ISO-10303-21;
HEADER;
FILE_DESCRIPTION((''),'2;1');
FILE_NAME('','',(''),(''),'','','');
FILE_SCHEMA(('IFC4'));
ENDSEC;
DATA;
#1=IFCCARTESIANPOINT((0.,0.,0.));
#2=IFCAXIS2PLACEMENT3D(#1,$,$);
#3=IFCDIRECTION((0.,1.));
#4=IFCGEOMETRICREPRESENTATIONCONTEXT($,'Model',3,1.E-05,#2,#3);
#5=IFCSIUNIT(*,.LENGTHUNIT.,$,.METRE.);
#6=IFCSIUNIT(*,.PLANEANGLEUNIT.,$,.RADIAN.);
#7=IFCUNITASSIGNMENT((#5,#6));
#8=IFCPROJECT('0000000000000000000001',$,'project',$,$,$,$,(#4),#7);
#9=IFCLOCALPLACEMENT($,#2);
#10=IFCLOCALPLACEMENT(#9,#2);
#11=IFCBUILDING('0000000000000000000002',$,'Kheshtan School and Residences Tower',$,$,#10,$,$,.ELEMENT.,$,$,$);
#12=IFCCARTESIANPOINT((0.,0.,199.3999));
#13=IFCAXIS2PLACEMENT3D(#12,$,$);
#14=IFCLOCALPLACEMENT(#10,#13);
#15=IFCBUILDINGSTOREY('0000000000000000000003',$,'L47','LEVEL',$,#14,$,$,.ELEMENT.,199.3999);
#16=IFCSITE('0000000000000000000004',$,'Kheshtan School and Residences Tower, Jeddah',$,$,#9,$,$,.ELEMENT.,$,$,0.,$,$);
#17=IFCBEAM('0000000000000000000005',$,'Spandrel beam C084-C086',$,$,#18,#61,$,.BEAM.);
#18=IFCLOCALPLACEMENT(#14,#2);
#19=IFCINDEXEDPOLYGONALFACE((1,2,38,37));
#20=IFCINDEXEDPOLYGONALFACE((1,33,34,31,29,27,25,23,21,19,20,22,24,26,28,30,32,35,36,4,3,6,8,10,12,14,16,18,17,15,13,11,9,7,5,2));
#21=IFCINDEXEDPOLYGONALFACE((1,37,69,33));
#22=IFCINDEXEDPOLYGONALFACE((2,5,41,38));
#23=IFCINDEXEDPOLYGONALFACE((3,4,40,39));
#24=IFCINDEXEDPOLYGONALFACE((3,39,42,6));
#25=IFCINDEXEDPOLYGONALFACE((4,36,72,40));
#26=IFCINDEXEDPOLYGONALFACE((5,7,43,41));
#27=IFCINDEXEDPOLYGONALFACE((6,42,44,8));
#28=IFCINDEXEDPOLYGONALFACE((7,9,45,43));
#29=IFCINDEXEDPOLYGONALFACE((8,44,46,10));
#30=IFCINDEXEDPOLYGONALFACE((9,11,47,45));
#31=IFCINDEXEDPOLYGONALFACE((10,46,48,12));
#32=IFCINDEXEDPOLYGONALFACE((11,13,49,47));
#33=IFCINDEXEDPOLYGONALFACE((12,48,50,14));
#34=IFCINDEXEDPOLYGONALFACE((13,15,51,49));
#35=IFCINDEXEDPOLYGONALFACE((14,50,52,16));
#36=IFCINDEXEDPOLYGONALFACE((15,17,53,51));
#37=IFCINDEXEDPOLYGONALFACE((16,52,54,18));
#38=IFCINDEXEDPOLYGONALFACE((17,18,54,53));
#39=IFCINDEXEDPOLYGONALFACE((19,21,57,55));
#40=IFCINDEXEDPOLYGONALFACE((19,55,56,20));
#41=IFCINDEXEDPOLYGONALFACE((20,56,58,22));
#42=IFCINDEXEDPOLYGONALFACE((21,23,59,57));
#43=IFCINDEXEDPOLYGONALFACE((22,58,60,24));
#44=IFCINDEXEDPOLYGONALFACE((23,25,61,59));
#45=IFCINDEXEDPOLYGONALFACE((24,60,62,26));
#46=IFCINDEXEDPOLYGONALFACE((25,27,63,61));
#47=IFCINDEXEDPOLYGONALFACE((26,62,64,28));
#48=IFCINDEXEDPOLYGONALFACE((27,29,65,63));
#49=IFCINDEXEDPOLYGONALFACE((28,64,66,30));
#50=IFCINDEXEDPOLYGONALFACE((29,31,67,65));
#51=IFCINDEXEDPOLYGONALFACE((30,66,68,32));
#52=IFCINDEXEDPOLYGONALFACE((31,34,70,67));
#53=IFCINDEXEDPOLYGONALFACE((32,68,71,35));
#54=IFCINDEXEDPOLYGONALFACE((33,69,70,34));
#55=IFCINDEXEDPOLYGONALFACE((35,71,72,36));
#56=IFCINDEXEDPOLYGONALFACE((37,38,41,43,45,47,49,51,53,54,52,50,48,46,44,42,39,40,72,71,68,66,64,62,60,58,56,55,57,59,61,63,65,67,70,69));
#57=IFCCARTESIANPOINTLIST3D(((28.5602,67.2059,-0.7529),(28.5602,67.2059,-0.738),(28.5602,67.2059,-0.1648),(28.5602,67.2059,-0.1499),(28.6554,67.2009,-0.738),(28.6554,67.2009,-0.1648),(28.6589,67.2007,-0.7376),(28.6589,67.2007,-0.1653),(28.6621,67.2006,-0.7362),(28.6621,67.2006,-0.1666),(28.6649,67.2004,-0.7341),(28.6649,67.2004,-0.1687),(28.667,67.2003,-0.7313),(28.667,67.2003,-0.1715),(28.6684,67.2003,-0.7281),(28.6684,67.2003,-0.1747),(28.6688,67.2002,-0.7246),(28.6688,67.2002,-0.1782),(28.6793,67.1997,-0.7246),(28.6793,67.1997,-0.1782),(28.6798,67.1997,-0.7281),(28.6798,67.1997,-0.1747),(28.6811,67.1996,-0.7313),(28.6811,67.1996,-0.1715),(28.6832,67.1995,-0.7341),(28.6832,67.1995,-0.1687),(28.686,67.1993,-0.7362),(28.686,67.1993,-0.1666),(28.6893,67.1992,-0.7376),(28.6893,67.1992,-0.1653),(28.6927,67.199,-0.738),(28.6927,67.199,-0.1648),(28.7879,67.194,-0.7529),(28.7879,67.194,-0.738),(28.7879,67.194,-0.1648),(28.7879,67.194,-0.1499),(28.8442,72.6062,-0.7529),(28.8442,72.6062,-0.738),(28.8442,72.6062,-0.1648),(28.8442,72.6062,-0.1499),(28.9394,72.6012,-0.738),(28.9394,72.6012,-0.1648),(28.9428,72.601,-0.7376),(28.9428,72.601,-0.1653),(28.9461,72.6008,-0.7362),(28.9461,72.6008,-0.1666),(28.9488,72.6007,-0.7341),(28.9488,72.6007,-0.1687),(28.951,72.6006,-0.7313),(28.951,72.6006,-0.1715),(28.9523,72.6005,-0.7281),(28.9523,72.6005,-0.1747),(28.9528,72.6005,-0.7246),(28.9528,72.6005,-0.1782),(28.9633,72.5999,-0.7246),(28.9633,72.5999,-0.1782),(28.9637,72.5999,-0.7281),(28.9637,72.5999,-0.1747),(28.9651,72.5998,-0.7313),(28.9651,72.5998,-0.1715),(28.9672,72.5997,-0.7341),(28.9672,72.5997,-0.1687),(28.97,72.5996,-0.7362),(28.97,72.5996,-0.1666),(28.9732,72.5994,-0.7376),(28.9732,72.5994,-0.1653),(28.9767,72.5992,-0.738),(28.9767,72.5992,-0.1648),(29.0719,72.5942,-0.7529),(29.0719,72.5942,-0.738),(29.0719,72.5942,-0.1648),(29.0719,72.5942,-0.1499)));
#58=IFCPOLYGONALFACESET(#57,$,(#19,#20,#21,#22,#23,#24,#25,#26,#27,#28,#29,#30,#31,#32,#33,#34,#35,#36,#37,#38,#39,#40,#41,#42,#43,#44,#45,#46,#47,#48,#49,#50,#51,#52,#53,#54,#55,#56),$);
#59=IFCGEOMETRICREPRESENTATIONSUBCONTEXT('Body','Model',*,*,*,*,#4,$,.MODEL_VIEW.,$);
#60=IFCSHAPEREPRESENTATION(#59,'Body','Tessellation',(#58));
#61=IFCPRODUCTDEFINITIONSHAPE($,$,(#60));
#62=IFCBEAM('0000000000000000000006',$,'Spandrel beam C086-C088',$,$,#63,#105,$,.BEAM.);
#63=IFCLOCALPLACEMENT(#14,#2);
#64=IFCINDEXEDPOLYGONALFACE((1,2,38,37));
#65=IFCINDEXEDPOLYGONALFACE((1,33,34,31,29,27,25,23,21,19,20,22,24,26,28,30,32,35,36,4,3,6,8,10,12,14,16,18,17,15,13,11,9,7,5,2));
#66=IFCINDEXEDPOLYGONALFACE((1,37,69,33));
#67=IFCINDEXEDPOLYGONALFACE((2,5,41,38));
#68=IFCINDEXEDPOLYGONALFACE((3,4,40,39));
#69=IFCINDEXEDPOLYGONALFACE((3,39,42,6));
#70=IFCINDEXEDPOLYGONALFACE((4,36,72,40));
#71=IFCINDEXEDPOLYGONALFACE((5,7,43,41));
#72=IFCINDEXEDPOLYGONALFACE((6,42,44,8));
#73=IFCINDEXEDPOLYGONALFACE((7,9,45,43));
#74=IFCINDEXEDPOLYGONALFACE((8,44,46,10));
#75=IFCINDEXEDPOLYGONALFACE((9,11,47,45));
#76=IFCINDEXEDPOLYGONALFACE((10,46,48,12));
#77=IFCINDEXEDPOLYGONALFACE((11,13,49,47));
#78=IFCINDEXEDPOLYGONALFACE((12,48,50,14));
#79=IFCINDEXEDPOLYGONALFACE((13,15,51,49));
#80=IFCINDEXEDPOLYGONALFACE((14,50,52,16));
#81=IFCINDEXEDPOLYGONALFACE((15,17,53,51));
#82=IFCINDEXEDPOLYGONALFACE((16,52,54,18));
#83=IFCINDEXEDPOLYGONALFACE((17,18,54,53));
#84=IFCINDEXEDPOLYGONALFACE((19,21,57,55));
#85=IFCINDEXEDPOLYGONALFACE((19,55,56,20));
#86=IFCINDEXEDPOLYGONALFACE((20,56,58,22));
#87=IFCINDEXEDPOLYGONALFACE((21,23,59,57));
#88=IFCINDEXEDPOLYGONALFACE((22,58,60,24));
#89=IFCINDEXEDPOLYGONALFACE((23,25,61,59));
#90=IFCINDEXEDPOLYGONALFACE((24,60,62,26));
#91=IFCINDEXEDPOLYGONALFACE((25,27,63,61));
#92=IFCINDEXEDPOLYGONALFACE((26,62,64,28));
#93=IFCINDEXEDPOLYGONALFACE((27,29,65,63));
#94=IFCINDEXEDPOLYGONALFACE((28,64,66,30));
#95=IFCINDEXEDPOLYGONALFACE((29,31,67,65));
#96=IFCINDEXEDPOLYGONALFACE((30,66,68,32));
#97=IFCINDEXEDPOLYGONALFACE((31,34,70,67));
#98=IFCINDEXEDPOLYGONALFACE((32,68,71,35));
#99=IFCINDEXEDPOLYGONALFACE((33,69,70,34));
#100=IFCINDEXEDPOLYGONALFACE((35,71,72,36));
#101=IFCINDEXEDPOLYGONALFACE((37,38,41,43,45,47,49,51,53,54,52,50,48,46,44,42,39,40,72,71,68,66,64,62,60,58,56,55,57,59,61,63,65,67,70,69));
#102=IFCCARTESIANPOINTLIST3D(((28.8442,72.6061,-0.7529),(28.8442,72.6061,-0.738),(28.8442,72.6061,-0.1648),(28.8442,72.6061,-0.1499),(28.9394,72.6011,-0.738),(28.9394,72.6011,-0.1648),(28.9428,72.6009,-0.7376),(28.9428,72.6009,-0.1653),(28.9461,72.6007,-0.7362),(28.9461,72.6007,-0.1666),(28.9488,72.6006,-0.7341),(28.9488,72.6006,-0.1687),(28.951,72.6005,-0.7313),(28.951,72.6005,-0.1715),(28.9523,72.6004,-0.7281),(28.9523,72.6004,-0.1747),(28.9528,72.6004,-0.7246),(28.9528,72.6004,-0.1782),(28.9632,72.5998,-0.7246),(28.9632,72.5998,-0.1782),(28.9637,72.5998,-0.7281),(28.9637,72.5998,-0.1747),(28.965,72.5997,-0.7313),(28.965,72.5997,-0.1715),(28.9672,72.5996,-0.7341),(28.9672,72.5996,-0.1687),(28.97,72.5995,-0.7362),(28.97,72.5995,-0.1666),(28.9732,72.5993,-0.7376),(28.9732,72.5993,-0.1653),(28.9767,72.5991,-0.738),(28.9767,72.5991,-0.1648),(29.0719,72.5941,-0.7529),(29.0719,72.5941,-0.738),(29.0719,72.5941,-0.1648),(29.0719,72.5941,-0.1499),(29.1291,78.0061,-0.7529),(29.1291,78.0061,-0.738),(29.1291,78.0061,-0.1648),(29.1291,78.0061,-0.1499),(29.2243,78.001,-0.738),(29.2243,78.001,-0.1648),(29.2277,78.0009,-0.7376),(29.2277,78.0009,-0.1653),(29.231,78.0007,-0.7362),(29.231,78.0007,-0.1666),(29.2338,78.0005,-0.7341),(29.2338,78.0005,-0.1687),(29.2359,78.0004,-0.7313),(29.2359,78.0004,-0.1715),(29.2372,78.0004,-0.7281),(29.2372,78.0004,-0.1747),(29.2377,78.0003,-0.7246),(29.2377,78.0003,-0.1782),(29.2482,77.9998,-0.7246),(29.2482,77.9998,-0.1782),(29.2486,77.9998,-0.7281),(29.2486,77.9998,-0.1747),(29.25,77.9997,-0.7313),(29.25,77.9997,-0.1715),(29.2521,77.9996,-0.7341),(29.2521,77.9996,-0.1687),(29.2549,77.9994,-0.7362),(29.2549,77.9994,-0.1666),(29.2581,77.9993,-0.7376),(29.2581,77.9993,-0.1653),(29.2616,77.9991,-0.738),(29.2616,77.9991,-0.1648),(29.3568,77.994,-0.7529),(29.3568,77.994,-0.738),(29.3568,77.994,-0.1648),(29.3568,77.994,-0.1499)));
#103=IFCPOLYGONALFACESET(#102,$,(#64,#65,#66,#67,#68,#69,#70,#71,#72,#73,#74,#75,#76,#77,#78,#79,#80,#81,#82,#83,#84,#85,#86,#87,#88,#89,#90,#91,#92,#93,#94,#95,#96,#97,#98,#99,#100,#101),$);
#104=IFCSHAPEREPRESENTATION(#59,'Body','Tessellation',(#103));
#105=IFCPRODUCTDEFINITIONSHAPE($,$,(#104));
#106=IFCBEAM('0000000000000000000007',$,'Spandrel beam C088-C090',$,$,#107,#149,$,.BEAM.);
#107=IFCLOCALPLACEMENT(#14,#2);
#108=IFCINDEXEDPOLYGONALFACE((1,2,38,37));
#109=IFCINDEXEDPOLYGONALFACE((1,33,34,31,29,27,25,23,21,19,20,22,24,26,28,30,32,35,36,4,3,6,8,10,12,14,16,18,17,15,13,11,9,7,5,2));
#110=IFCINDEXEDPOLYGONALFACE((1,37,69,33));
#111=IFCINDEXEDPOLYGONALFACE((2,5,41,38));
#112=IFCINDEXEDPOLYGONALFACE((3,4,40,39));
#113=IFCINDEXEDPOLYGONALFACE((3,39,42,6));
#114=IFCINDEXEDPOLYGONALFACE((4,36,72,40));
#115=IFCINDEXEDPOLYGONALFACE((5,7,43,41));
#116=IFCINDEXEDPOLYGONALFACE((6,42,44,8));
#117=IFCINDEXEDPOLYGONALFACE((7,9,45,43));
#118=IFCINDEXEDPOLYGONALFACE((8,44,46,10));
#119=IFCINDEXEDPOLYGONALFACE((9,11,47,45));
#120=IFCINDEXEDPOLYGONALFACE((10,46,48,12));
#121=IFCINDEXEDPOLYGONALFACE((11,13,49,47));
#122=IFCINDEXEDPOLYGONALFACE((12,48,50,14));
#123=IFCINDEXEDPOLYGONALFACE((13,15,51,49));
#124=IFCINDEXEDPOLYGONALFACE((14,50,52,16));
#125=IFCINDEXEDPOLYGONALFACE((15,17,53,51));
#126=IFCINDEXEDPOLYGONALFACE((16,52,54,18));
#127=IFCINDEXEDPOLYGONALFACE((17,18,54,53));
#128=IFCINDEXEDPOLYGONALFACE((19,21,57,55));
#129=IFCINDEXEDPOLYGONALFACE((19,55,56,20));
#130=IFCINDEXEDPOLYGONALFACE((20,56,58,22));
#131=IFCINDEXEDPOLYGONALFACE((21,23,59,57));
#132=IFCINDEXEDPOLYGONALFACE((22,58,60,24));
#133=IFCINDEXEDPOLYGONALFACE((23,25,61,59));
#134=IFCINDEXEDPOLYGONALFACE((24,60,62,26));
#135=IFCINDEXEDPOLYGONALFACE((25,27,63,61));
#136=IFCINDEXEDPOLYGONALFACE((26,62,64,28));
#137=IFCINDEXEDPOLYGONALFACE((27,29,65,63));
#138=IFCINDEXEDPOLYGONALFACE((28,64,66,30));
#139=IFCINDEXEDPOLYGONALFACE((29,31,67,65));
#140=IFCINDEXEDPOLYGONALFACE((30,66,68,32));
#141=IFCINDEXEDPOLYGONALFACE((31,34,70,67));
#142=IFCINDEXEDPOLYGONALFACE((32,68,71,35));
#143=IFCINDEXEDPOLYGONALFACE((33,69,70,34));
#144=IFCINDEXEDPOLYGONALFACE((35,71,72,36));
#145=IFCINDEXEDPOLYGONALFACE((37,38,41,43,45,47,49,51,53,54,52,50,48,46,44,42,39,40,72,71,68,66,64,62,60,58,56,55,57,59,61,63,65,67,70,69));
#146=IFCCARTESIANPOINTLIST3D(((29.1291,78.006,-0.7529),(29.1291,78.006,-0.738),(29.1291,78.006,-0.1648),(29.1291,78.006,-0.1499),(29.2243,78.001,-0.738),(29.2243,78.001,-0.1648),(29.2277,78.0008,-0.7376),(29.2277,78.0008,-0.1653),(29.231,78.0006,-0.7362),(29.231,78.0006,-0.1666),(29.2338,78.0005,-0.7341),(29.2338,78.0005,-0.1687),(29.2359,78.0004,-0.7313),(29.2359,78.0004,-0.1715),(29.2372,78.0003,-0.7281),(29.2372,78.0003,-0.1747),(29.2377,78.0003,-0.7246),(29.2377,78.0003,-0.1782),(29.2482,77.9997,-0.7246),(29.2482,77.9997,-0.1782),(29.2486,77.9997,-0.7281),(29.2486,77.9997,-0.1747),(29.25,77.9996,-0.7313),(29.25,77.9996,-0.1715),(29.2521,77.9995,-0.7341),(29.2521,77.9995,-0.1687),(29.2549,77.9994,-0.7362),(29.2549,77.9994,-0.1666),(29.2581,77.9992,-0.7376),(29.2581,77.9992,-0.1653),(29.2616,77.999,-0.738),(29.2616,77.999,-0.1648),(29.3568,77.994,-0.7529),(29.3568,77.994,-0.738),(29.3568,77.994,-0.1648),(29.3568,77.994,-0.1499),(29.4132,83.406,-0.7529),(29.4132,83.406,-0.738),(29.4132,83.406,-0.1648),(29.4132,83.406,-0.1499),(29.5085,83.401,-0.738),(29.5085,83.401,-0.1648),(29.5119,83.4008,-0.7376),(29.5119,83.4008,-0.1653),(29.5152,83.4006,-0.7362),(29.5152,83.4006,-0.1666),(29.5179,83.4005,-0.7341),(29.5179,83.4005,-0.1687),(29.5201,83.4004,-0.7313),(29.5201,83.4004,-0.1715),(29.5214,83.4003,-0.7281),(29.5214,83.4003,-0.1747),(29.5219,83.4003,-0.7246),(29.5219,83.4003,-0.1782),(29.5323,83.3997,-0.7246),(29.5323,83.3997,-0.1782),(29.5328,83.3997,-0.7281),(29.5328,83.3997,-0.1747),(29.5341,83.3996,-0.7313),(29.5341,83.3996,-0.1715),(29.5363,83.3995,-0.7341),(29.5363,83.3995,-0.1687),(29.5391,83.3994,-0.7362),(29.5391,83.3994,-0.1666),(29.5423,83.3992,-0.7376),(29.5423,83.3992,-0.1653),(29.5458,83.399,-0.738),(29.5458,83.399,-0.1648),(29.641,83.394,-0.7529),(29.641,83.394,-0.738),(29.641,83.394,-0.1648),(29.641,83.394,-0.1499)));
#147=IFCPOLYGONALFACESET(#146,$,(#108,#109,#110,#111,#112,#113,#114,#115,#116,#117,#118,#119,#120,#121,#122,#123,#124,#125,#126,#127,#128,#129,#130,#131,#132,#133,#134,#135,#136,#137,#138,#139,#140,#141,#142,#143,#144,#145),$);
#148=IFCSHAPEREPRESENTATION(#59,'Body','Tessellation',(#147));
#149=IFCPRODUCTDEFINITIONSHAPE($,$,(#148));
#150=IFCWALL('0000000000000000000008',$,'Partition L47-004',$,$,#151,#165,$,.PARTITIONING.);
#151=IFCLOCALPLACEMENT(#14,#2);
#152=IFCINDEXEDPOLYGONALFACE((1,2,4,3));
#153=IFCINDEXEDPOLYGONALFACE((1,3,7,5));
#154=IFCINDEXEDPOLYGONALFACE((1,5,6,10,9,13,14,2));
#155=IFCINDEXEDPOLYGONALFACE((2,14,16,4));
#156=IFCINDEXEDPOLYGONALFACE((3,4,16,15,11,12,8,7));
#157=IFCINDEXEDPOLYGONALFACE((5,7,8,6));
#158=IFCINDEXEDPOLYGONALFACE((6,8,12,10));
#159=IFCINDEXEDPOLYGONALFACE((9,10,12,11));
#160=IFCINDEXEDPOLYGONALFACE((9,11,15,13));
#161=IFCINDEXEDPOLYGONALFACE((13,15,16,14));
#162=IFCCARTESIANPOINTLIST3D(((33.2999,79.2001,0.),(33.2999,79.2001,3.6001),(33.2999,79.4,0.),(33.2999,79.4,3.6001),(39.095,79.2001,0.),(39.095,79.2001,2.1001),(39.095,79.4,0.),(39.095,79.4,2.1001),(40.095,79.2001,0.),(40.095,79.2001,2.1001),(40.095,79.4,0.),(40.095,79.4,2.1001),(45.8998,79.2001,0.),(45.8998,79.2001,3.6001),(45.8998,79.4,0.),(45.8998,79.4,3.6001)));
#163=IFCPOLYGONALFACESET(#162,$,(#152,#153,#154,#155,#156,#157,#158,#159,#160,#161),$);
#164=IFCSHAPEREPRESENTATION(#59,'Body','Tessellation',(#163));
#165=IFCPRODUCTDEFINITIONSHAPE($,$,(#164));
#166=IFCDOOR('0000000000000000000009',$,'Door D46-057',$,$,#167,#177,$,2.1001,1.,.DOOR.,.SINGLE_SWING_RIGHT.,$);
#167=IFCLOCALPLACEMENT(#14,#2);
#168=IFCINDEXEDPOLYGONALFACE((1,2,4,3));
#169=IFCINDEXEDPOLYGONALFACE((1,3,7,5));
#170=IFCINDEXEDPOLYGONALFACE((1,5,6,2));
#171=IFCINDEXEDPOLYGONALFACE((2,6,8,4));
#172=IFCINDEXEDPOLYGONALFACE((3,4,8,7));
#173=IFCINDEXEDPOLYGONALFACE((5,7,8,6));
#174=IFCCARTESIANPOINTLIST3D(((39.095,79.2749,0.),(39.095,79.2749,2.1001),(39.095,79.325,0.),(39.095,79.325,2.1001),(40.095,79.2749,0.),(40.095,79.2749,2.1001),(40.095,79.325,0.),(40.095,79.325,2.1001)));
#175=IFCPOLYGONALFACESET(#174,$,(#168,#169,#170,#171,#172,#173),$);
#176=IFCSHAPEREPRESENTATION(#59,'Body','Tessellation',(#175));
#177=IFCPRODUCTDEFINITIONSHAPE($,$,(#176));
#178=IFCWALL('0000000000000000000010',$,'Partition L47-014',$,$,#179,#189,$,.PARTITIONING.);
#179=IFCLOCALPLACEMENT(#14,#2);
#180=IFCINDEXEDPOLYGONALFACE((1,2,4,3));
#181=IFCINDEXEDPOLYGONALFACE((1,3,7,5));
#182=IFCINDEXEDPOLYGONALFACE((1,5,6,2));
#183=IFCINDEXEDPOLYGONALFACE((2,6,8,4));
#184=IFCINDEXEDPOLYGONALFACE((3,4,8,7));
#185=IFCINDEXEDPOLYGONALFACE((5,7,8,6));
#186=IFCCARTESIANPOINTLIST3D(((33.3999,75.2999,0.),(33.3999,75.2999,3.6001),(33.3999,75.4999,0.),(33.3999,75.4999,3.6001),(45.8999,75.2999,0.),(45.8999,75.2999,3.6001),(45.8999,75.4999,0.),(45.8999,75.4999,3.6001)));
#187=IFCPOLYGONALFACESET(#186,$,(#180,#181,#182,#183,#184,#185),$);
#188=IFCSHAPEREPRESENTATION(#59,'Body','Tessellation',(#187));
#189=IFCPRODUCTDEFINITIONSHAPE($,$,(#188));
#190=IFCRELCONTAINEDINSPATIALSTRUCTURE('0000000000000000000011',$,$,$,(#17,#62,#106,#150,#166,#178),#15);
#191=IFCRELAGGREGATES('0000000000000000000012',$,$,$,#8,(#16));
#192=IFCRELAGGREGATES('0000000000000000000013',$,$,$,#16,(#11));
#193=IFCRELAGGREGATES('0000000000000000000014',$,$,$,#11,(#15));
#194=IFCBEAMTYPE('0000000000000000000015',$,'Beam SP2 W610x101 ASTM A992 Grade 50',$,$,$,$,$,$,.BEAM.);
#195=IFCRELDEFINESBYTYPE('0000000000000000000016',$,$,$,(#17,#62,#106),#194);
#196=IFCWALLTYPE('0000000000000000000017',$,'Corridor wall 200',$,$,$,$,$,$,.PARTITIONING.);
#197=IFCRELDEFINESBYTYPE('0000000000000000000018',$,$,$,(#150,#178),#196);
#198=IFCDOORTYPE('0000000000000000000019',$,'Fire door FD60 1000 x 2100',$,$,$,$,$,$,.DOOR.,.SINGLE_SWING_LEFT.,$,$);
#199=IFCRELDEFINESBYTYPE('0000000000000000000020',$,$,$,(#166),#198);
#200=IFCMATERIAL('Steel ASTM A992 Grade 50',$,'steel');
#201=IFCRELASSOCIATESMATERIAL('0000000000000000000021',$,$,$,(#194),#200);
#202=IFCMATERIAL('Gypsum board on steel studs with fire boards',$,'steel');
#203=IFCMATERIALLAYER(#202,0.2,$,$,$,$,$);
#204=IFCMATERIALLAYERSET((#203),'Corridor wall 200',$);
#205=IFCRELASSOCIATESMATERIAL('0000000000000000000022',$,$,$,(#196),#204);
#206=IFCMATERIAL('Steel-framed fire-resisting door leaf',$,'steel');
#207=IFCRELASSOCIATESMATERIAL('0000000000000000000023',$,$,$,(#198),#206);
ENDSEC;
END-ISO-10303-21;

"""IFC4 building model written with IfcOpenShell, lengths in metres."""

from ifc_helpers import new_model, si_unit, direction, frame, frame_2d, origin, origin_2d, place, context, subcontext, project, spatial, rectangle, i_section, extrude, source, transform, mapped, material, layer, layer_set, material_profile, profile_set, type_object, element, fill, save


model = new_model("IFC4")

# Units and contexts
model_context = context("Model", 3, precision=1e-05, world=origin(), true_north=direction((0.0, 1.0)))
body_context = subcontext(model_context, "Body", "Model", "MODEL_VIEW")
ifc_project = project(units=[si_unit("LENGTHUNIT", "METRE"), si_unit("PLANEANGLEUNIT", "RADIAN")], contexts=[model_context])

# Site, building, storey
site_placement = place(None, origin())
site = spatial("IfcSite", under=ifc_project, at=site_placement, Name="Kheshtan School and Residences Tower, Jeddah", CompositionType="ELEMENT", RefElevation=0.0)
building_placement = place(site_placement, origin())
building = spatial("IfcBuilding", under=site, at=building_placement, Name="Kheshtan School and Residences Tower", CompositionType="ELEMENT")
storey_placement = place(building_placement, frame((0.0, 0.0, 199.3999)))
storey = spatial("IfcBuildingStorey", under=building, at=storey_placement, Name="L47", Description="LEVEL", CompositionType="ELEMENT", Elevation=199.3999)

# Shared definitions
ifc_material_1 = material(Name="Steel ASTM A992 Grade 50", Category="steel")

# Beams
ifc_material_profile_1 = material_profile(ifc_material_1, i_section(OverallWidth=0.228, OverallDepth=0.603, WebThickness=0.0105, FlangeThickness=0.0149, FilletRadius=0.0134, at=origin_2d()), Name="W610x101")
ifc_profile_set_1 = profile_set([ifc_material_profile_1], Name="Steel ASTM A992 Grade 50")
beam_type_1 = type_object("IfcBeamType", Name="Beam SP2 W610x101 ASTM A992 Grade 50", PredefinedType="BEAM", material=ifc_profile_set_1)
beam_1_placement = place(storey_placement, frame((28.6741, 67.2, -0.4514), z_axis=(0.052507, 0.998621, 0.0), x_axis=(-0.998621, 0.052507, 0.0)))
element("IfcBeam", 1, at=beam_1_placement, inside=storey, type_object=beam_type_1, Name="Spandrel beam C084-C086", PredefinedType="BEAM", context=body_context, shape_type="SweptSolid", body=[
    extrude(i_section(OverallWidth=0.228, OverallDepth=0.603, WebThickness=0.0105, FlangeThickness=0.0149, FilletRadius=0.0134, at=origin_2d()), origin(), (0.0, 0.0, 1.0), 5.4077),
])
for number, where, z_axis, x_axis, name in (
    (2, (28.958, 72.6001, -0.4514), (0.052689, 0.998611, 0.0), (-0.998611, 0.052689, 0.0), "Spandrel beam C086-C088"),
    (3, (29.2429, 78.0, -0.4514), (0.052554, 0.998618, 0.0), (-0.998618, 0.052554, 0.0), "Spandrel beam C088-C090"),
):
    element("IfcBeam", number, at=place(storey_placement, frame(where, z_axis=z_axis, x_axis=x_axis)), inside=storey, type_object=beam_type_1, Name=name, PredefinedType="BEAM", context=body_context, shape_type="SweptSolid", body=[
        extrude(i_section(OverallWidth=0.228, OverallDepth=0.603, WebThickness=0.0105, FlangeThickness=0.0149, FilletRadius=0.0134, at=origin_2d()), origin(), (0.0, 0.0, 1.0), 5.4075),
    ])

# Wall, opening, door
ifc_material_2 = material(Name="Gypsum board on steel studs with fire boards", Category="steel")
ifc_layer_1 = layer(ifc_material_2, 0.2)
ifc_layer_set_1 = layer_set([ifc_layer_1], Name="Corridor wall 200")
wall_type_1 = type_object("IfcWallType", Name="Corridor wall 200", PredefinedType="PARTITIONING", material=ifc_layer_set_1)
wall_1_placement = place(storey_placement, frame((33.3, 79.3, 0.0), z_axis=(0.0, 0.0, 1.0), x_axis=(1.0, 0.0, 0.0)))
wall_1 = element("IfcWall", 4, at=wall_1_placement, inside=storey, type_object=wall_type_1, Name="Partition L47-004", PredefinedType="PARTITIONING", context=body_context, shape_type="SweptSolid", body=[
    extrude(rectangle(XDim=12.5999, YDim=0.2, at=frame_2d((6.2998, 0.0))), origin(), (0.0, 0.0, 1.0), 3.6001),
])
opening_1_placement = place(wall_1_placement, frame((5.7949, 0.0, 0.0)))
opening_1 = element("IfcOpeningElement", 5, at=opening_1_placement, cuts=wall_1, PredefinedType="OPENING", context=body_context, shape_type="SweptSolid", body=[
    extrude(rectangle(XDim=1.0, YDim=2.1001, at=frame_2d((0.5, 1.05))), frame((0.0, 0.1099, 0.0), z_axis=(0.0, -1.0, 0.0), x_axis=(1.0, 0.0, 0.0)), (0.0, 0.0, 1.0), 0.22),
])
ifc_material_3 = material(Name="Steel-framed fire-resisting door leaf", Category="steel")
door_type_1 = type_object("IfcDoorType", Name="Fire door FD60 1000 x 2100", OperationType="SINGLE_SWING_LEFT", PredefinedType="DOOR", material=ifc_material_3)
shared_shape_1 = source(origin(), body_context, "Body", "SweptSolid", [
    extrude(rectangle(XDim=1.0, YDim=2.1001, at=frame_2d((0.5, 1.05))), frame((0.0, 0.0249, 0.0), z_axis=(0.0, -1.0, 0.0), x_axis=(1.0, 0.0, 0.0)), (0.0, 0.0, 1.0), 0.05),
])
door_1_placement = place(opening_1_placement, origin())
door_1 = element("IfcDoor", 6, at=door_1_placement, inside=storey, type_object=door_type_1, Name="Door D46-057", OperationType="SINGLE_SWING_RIGHT", OverallHeight=2.1001, OverallWidth=1.0, PredefinedType="DOOR", context=body_context, shape_type="MappedRepresentation", body=[
    mapped(shared_shape_1, transform((0.0, 0.0, 0.0), x_axis=(1.0, 0.0, 0.0), y_axis=(0.0, 1.0, 0.0), z_axis=(0.0, 0.0, 1.0), scale=1.0)),
])
fill(opening_1, door_1)

# Wall
wall_2_placement = place(storey_placement, frame((33.3999, 75.3999, 0.0), z_axis=(0.0, 0.0, 1.0), x_axis=(1.0, 0.0, 0.0)))
element("IfcWall", 7, at=wall_2_placement, inside=storey, type_object=wall_type_1, Name="Partition L47-014", PredefinedType="PARTITIONING", context=body_context, shape_type="SweptSolid", body=[
    extrude(rectangle(XDim=12.5, YDim=0.2, at=frame_2d((6.25, 0.0))), origin(), (0.0, 0.0, 1.0), 3.6001),
])

save(model, "model.ifc")
